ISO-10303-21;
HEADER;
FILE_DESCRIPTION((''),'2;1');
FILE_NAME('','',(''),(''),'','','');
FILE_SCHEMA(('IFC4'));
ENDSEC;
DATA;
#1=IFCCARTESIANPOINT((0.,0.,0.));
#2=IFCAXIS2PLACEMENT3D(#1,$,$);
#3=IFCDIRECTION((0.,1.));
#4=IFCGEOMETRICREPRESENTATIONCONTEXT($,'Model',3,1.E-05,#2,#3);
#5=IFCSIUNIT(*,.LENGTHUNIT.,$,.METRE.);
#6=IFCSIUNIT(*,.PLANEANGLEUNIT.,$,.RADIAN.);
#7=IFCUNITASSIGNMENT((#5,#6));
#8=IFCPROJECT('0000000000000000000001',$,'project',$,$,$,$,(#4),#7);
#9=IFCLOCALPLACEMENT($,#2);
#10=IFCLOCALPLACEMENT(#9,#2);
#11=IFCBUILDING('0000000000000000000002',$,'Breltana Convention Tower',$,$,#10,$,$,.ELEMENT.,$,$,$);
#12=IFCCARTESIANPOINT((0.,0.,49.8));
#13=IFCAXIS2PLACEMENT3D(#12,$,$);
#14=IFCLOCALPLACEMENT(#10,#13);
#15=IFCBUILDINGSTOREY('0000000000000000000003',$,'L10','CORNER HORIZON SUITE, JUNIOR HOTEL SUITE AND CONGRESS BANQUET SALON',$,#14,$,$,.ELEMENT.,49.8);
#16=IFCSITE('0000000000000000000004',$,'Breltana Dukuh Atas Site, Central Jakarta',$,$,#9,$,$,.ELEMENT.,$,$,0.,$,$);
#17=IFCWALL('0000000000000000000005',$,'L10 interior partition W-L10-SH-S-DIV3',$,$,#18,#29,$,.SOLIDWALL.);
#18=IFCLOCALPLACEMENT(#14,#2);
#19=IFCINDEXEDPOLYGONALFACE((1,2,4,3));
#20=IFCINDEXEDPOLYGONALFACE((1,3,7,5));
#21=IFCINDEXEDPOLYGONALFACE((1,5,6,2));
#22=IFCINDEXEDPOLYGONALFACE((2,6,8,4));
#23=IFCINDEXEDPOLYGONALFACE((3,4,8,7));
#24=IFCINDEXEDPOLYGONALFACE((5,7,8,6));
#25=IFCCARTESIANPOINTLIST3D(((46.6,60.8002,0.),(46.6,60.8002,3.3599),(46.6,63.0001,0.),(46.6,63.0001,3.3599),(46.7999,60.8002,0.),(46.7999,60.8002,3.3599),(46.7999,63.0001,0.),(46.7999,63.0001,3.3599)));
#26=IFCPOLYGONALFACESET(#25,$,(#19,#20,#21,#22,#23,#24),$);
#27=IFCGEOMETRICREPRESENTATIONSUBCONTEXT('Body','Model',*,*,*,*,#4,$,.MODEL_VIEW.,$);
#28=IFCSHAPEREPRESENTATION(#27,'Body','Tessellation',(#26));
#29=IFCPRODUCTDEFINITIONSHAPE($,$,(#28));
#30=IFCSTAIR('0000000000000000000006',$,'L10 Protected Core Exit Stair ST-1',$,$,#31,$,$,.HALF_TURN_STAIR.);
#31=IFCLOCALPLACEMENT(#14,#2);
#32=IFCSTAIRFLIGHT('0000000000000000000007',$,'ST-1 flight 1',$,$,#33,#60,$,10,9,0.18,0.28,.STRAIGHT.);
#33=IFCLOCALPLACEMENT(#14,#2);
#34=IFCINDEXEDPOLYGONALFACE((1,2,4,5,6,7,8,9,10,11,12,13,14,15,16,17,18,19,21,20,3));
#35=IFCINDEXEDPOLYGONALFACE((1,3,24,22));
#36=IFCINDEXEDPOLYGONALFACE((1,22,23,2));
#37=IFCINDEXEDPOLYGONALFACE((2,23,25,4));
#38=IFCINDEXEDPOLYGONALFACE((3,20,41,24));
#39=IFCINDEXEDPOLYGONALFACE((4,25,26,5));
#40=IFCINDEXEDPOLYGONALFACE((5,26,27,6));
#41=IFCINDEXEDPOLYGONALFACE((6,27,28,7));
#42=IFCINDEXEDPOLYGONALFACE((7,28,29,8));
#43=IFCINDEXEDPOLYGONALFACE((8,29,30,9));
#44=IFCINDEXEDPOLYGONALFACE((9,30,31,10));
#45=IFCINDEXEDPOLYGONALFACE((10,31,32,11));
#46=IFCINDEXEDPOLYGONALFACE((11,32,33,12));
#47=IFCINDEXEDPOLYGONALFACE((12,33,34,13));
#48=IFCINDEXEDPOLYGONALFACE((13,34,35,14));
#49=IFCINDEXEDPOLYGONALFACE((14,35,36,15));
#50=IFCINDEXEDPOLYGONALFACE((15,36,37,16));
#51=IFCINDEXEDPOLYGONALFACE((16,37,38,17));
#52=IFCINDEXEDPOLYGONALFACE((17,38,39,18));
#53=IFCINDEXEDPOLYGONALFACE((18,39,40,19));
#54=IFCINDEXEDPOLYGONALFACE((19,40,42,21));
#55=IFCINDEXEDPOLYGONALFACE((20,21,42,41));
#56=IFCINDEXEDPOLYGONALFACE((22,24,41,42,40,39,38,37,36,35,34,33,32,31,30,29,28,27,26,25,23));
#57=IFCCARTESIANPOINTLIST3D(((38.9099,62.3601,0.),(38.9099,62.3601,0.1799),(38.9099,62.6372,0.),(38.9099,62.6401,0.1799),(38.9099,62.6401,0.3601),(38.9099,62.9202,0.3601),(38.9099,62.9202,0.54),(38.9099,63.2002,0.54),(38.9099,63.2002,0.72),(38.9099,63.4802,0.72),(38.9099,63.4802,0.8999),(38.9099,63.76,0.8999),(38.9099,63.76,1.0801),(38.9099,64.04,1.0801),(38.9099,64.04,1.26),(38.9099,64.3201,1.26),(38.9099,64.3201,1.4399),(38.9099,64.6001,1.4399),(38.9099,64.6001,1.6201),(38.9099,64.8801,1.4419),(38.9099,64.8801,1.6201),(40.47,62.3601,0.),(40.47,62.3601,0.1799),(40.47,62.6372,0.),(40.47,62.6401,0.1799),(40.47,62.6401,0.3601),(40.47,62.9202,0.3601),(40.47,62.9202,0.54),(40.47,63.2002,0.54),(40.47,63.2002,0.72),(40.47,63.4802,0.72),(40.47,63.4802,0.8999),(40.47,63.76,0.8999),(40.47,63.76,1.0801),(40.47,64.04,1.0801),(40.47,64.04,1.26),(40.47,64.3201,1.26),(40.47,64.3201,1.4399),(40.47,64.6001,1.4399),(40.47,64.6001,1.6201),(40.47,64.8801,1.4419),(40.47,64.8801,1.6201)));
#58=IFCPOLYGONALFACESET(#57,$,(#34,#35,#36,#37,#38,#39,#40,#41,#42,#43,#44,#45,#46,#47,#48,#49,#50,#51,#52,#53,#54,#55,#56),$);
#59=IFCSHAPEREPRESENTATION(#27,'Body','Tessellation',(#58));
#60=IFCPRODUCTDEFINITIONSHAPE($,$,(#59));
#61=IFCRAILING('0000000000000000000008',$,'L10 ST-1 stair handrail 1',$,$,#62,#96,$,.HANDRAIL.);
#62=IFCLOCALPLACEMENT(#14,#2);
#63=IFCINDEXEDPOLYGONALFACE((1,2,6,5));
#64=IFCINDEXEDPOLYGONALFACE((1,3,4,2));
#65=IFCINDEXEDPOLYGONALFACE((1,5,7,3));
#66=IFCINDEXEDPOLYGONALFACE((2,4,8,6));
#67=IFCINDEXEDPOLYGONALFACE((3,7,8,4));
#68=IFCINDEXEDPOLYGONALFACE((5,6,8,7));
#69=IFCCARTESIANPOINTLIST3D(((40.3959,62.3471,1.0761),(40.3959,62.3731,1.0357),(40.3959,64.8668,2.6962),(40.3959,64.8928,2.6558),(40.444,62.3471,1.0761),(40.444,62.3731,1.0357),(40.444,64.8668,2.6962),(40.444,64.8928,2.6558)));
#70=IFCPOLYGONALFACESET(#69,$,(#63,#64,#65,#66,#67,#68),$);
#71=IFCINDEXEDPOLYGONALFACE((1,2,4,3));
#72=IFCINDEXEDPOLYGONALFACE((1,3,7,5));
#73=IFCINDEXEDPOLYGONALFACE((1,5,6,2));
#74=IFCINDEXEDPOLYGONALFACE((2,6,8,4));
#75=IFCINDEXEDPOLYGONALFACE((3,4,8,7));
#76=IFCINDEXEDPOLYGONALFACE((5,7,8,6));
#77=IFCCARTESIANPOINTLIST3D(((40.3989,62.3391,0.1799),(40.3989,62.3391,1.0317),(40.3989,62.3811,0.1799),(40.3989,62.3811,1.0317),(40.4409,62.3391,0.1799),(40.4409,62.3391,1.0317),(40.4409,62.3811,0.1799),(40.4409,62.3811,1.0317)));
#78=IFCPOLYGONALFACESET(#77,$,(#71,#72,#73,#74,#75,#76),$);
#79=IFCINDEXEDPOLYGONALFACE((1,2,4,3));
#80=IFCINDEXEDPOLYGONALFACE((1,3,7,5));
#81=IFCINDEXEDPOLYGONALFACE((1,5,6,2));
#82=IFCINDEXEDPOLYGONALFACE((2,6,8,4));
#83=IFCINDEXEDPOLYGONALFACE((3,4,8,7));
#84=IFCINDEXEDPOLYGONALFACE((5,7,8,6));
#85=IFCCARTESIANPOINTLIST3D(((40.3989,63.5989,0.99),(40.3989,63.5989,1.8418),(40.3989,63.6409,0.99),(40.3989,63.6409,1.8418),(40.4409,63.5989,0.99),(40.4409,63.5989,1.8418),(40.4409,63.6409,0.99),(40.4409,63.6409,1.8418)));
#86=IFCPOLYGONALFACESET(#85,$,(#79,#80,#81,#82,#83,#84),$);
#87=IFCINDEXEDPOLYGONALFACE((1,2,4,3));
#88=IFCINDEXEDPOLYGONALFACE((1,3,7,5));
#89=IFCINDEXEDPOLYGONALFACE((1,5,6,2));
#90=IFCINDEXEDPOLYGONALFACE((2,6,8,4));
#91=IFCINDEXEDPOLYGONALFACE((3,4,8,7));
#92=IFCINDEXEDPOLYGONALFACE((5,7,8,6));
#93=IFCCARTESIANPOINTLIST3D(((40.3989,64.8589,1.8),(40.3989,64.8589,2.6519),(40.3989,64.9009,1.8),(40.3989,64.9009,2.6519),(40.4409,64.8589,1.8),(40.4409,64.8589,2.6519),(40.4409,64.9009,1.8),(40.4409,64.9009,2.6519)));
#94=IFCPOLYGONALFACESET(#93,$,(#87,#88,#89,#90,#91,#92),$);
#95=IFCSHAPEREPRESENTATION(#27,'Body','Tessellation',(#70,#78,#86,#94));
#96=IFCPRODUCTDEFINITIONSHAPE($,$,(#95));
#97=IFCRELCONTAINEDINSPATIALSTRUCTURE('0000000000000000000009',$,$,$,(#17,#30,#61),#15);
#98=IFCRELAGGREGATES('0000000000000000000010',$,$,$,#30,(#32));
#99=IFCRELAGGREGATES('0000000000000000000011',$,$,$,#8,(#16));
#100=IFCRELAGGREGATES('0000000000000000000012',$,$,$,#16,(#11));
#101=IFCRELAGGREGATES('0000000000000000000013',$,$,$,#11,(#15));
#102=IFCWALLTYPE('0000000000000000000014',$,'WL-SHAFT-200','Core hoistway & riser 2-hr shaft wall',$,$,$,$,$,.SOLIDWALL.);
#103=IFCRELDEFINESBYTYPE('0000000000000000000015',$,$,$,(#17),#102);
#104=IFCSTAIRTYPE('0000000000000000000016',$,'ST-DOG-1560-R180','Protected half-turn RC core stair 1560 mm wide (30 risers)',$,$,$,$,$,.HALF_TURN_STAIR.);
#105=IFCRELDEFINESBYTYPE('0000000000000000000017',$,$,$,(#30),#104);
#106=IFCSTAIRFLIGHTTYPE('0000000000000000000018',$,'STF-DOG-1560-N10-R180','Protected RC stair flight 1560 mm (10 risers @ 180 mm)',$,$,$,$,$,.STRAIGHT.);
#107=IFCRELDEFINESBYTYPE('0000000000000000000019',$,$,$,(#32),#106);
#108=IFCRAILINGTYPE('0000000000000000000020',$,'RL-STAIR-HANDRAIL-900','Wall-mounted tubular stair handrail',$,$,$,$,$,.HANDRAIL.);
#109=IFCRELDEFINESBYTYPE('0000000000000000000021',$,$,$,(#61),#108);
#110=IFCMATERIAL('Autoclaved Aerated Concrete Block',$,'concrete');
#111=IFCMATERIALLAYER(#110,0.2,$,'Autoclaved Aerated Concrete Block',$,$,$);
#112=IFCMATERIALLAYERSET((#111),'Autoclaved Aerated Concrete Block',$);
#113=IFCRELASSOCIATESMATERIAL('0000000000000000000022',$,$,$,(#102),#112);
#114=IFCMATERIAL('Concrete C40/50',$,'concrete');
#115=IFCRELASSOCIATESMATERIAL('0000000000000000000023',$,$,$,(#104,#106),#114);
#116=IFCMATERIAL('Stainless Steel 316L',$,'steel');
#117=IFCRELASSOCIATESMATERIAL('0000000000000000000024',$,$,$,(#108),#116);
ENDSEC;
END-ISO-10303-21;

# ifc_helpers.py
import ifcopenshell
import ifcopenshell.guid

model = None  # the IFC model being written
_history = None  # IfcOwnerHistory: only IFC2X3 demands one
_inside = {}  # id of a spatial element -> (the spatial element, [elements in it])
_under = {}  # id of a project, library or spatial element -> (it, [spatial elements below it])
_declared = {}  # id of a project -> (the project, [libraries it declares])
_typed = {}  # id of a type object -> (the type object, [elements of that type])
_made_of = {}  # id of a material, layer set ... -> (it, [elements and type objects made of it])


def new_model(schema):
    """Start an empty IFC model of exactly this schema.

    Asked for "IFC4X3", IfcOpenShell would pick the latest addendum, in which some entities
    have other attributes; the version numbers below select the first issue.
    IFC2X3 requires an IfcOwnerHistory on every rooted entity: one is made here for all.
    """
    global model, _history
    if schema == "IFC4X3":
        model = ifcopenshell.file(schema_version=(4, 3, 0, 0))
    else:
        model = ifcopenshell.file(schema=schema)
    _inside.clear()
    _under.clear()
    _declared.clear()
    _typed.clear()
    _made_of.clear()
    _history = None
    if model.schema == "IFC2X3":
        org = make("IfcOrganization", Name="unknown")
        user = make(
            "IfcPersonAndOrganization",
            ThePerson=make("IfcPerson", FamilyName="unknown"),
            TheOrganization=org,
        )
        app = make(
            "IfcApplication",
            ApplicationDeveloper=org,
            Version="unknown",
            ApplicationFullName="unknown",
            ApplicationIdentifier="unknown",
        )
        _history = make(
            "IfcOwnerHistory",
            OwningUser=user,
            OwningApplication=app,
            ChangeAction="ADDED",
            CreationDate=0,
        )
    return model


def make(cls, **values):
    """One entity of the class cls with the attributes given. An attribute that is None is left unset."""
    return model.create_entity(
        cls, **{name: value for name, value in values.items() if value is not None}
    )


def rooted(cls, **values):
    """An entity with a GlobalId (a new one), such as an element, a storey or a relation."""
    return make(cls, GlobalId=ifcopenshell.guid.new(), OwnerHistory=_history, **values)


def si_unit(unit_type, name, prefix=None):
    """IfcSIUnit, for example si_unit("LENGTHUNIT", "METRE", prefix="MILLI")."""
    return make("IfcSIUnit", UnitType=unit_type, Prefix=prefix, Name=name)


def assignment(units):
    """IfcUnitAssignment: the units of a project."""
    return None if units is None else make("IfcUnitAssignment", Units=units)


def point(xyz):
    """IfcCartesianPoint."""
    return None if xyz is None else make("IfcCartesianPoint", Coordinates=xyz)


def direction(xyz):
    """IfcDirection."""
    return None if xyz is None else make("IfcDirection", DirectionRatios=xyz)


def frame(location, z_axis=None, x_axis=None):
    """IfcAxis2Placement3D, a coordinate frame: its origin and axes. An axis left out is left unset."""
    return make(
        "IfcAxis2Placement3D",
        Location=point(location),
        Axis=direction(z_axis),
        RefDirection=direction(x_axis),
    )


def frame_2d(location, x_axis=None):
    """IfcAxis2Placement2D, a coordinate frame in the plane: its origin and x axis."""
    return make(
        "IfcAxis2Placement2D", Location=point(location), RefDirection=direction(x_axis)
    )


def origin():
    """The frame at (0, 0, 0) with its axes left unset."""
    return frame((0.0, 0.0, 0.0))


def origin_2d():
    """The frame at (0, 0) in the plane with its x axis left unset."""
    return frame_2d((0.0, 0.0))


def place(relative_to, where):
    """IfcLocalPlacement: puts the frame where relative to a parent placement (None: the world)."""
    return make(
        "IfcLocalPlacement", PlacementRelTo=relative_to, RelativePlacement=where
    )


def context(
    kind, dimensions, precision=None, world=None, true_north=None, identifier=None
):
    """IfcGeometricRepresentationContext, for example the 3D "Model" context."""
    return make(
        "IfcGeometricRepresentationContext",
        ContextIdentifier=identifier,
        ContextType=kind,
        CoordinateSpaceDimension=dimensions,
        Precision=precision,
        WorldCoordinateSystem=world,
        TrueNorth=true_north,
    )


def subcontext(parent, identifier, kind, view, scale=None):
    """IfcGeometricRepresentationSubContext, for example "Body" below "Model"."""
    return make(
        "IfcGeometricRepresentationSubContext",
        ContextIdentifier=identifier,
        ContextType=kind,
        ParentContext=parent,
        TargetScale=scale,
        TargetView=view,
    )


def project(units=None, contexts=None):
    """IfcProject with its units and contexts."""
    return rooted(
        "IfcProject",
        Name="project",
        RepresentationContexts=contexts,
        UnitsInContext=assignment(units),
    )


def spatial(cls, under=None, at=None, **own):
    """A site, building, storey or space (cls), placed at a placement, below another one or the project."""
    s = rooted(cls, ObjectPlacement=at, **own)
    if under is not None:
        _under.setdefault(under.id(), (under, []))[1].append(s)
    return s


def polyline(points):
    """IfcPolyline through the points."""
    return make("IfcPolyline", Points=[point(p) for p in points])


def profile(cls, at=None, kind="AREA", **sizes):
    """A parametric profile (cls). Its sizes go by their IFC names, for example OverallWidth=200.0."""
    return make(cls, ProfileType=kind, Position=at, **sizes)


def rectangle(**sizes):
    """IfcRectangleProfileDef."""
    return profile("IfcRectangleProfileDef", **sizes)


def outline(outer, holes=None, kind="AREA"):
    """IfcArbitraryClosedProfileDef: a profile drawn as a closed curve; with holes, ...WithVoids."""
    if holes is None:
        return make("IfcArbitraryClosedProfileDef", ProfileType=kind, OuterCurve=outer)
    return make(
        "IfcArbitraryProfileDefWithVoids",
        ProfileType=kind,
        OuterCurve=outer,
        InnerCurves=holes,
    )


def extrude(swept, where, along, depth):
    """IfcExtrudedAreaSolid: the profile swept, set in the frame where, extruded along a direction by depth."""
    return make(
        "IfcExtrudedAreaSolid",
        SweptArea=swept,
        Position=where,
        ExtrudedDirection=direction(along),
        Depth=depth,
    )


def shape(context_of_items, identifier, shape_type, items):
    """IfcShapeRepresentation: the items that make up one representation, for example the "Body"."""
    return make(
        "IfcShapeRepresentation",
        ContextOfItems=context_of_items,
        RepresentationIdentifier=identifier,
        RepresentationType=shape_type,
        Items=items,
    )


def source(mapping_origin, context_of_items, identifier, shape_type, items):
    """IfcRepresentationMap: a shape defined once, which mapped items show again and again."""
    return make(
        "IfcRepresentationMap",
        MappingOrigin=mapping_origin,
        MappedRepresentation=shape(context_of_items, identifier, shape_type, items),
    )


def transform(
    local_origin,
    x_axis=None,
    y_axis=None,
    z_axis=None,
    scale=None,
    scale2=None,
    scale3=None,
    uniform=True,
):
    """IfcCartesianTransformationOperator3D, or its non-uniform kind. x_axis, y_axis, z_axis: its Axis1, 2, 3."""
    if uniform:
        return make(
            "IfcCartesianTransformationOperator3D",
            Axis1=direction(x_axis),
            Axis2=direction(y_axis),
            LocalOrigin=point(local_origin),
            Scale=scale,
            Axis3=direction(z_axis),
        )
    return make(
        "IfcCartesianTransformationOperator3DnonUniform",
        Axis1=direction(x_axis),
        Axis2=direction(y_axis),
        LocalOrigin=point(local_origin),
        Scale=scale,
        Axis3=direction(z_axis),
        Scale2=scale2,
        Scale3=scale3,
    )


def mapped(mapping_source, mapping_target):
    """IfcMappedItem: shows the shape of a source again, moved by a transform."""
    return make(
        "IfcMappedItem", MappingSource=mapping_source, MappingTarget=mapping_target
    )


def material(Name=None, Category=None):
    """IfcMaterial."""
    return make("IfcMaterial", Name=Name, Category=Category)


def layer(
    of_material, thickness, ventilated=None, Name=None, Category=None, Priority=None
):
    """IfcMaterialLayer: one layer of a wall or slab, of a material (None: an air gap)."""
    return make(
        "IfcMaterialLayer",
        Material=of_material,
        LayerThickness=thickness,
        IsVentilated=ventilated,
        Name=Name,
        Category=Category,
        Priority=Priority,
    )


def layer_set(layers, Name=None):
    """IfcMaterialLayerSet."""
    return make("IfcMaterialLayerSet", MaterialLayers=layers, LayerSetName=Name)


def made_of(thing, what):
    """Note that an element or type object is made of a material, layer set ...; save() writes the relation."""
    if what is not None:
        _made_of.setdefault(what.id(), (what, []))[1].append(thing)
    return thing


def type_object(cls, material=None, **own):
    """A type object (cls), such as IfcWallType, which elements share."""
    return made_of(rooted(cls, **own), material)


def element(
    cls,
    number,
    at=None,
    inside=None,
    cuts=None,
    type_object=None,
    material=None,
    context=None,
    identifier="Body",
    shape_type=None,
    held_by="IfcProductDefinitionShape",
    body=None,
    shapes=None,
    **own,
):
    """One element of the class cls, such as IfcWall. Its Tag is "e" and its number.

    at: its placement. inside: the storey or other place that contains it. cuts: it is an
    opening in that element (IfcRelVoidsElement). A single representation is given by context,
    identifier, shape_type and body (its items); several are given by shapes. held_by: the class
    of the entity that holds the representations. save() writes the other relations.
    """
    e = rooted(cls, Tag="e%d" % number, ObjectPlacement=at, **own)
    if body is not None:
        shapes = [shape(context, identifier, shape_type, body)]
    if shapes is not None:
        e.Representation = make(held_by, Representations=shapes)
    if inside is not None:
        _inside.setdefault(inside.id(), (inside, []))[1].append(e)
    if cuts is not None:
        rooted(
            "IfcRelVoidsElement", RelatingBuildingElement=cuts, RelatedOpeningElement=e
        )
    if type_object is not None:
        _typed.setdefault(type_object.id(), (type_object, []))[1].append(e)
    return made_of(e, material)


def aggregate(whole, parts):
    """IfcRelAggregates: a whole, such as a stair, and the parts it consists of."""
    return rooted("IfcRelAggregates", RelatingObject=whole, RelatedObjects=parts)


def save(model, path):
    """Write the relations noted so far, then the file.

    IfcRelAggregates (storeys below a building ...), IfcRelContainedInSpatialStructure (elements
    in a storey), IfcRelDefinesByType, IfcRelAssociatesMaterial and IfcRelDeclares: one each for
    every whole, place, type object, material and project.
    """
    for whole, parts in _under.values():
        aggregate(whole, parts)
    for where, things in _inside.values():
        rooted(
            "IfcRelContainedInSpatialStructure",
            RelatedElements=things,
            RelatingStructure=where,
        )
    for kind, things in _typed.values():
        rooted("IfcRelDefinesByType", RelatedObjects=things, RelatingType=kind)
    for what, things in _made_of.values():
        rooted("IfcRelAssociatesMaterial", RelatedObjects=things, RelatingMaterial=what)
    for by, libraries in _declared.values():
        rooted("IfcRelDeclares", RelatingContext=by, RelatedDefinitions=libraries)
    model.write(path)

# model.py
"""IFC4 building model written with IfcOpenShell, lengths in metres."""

from ifc_helpers import new_model, si_unit, direction, frame, frame_2d, origin, origin_2d, place, context, subcontext, project, spatial, polyline, rectangle, outline, extrude, source, transform, mapped, material, layer, layer_set, type_object, element, aggregate, save


model = new_model("IFC4")

# Units and contexts
model_context = context("Model", 3, precision=1e-05, world=origin(), true_north=direction((0.0, 1.0)))
body_context = subcontext(model_context, "Body", "Model", "MODEL_VIEW")
ifc_project = project(units=[si_unit("LENGTHUNIT", "METRE"), si_unit("PLANEANGLEUNIT", "RADIAN")], contexts=[model_context])

# Site, building, storey
site_placement = place(None, origin())
site = spatial("IfcSite", under=ifc_project, at=site_placement, Name="Breltana Dukuh Atas Site, Central Jakarta", CompositionType="ELEMENT", RefElevation=0.0)
building_placement = place(site_placement, origin())
building = spatial("IfcBuilding", under=site, at=building_placement, Name="Breltana Convention Tower", CompositionType="ELEMENT")
storey_placement = place(building_placement, frame((0.0, 0.0, 49.8)))
storey = spatial("IfcBuildingStorey", under=building, at=storey_placement, Name="L10", Description="CORNER HORIZON SUITE, JUNIOR HOTEL SUITE AND CONGRESS BANQUET SALON", CompositionType="ELEMENT", Elevation=49.8)

# Shared definitions
ifc_material_1 = material(Name="Autoclaved Aerated Concrete Block", Category="concrete")
ifc_layer_1 = layer(ifc_material_1, 0.2, Name="Autoclaved Aerated Concrete Block")
ifc_layer_set_1 = layer_set([ifc_layer_1], Name="Autoclaved Aerated Concrete Block")
wall_type_1 = type_object("IfcWallType", Name="WL-SHAFT-200", Description="Core hoistway & riser 2-hr shaft wall", PredefinedType="SOLIDWALL", material=ifc_layer_set_1)

# Wall
shared_shape_1 = source(origin(), body_context, "Body", "SweptSolid", [
    extrude(rectangle(XDim=2.2, YDim=0.2, at=frame_2d((1.1001, 0.0))), origin(), (0.0, 0.0, 1.0), 3.3599),
])
for number, where, z_axis, x_axis, name in (
    (1, (46.7, 60.8, 0.0), (0.0, 0.0, 1.0), (0.0, 1.0, 0.0), "L10 interior partition W-L10-SH-S-DIV3"),
):
    element("IfcWall", number, at=place(storey_placement, frame(where, z_axis=z_axis, x_axis=x_axis)), inside=storey, type_object=wall_type_1, Name=name, PredefinedType="SOLIDWALL", context=body_context, shape_type="MappedRepresentation", body=[
        mapped(shared_shape_1, transform((0.0, 0.0, 0.0), scale=1.0)),
    ])

# Stair, stair flight
ifc_material_2 = material(Name="Concrete C40/50", Category="concrete")
stair_type = type_object("IfcStairType", Name="ST-DOG-1560-R180", Description="Protected half-turn RC core stair 1560 mm wide (30 risers)", PredefinedType="HALF_TURN_STAIR", material=ifc_material_2)
stair_placement = place(storey_placement, origin())
stair = element("IfcStair", 2, at=stair_placement, inside=storey, type_object=stair_type, Name="L10 Protected Core Exit Stair ST-1", PredefinedType="HALF_TURN_STAIR")
stair_flight_type = type_object("IfcStairFlightType", Name="STF-DOG-1560-N10-R180", Description="Protected RC stair flight 1560 mm (10 risers @ 180 mm)", PredefinedType="STRAIGHT", material=ifc_material_2)
stair_flight_placement = place(storey_placement, frame((39.6899, 62.3601, 0.0), z_axis=(0.0, 0.0, 1.0), x_axis=(0.0, 1.0, 0.0)))
stair_flight = element("IfcStairFlight", 3, at=stair_flight_placement, type_object=stair_flight_type, Name="ST-1 flight 1", NumberOfRisers=10, NumberOfTreads=9, PredefinedType="STRAIGHT", RiserHeight=0.18, TreadLength=0.28, context=body_context, shape_type="SweptSolid", body=[
    extrude(outline(polyline([(0.0, 0.0), (0.0, 0.1799), (0.28, 0.1799), (0.28, 0.3601), (0.5601, 0.3601), (0.5601, 0.54), (0.8401, 0.54), (0.8401, 0.72), (1.1201, 0.72), (1.1201, 0.8999), (1.3999, 0.8999), (1.3999, 1.0801), (1.6799, 1.0801), (1.6799, 1.26), (1.96, 1.26), (1.96, 1.4399), (2.24, 1.4399), (2.24, 1.6201), (2.52, 1.6201), (2.52, 1.8), (2.52, 1.4419), (0.2771, 0.0), (0.0, 0.0)])), frame((0.0, 0.78, 0.0), z_axis=(0.0, -1.0, 0.0), x_axis=(1.0, 0.0, 0.0)), (0.0, 0.0, 1.0), 1.5601),
])
aggregate(stair, [stair_flight])

# Railing
ifc_material_3 = material(Name="Stainless Steel 316L", Category="steel")
railing_type = type_object("IfcRailingType", Name="RL-STAIR-HANDRAIL-900", Description="Wall-mounted tubular stair handrail", PredefinedType="HANDRAIL", material=ifc_material_3)
railing_placement = place(storey_placement, frame((40.4199, 62.3601, 0.1799)))
element("IfcRailing", 4, at=railing_placement, inside=storey, type_object=railing_type, Name="L10 ST-1 stair handrail 1", PredefinedType="HANDRAIL", context=body_context, shape_type="SweptSolid", body=[
    extrude(rectangle(XDim=0.0481, YDim=0.0481, at=origin_2d()), frame((0.0, 0.0, 0.876), z_axis=(0.0, 0.841139, 0.540819), x_axis=(-1.0, 0.0, 0.0)), (0.0, 0.0, 1.0), 2.9956),
    extrude(rectangle(XDim=0.042, YDim=0.042, at=origin_2d()), origin(), (0.0, 0.0, 1.0), 0.8518),
    extrude(rectangle(XDim=0.042, YDim=0.042, at=origin_2d()), frame((0.0, 1.2598, 0.8101)), (0.0, 0.0, 1.0), 0.8518),
    extrude(rectangle(XDim=0.042, YDim=0.042, at=origin_2d()), frame((0.0, 2.5198, 1.6201)), (0.0, 0.0, 1.0), 0.8518),
])

save(model, "model.ifc")
